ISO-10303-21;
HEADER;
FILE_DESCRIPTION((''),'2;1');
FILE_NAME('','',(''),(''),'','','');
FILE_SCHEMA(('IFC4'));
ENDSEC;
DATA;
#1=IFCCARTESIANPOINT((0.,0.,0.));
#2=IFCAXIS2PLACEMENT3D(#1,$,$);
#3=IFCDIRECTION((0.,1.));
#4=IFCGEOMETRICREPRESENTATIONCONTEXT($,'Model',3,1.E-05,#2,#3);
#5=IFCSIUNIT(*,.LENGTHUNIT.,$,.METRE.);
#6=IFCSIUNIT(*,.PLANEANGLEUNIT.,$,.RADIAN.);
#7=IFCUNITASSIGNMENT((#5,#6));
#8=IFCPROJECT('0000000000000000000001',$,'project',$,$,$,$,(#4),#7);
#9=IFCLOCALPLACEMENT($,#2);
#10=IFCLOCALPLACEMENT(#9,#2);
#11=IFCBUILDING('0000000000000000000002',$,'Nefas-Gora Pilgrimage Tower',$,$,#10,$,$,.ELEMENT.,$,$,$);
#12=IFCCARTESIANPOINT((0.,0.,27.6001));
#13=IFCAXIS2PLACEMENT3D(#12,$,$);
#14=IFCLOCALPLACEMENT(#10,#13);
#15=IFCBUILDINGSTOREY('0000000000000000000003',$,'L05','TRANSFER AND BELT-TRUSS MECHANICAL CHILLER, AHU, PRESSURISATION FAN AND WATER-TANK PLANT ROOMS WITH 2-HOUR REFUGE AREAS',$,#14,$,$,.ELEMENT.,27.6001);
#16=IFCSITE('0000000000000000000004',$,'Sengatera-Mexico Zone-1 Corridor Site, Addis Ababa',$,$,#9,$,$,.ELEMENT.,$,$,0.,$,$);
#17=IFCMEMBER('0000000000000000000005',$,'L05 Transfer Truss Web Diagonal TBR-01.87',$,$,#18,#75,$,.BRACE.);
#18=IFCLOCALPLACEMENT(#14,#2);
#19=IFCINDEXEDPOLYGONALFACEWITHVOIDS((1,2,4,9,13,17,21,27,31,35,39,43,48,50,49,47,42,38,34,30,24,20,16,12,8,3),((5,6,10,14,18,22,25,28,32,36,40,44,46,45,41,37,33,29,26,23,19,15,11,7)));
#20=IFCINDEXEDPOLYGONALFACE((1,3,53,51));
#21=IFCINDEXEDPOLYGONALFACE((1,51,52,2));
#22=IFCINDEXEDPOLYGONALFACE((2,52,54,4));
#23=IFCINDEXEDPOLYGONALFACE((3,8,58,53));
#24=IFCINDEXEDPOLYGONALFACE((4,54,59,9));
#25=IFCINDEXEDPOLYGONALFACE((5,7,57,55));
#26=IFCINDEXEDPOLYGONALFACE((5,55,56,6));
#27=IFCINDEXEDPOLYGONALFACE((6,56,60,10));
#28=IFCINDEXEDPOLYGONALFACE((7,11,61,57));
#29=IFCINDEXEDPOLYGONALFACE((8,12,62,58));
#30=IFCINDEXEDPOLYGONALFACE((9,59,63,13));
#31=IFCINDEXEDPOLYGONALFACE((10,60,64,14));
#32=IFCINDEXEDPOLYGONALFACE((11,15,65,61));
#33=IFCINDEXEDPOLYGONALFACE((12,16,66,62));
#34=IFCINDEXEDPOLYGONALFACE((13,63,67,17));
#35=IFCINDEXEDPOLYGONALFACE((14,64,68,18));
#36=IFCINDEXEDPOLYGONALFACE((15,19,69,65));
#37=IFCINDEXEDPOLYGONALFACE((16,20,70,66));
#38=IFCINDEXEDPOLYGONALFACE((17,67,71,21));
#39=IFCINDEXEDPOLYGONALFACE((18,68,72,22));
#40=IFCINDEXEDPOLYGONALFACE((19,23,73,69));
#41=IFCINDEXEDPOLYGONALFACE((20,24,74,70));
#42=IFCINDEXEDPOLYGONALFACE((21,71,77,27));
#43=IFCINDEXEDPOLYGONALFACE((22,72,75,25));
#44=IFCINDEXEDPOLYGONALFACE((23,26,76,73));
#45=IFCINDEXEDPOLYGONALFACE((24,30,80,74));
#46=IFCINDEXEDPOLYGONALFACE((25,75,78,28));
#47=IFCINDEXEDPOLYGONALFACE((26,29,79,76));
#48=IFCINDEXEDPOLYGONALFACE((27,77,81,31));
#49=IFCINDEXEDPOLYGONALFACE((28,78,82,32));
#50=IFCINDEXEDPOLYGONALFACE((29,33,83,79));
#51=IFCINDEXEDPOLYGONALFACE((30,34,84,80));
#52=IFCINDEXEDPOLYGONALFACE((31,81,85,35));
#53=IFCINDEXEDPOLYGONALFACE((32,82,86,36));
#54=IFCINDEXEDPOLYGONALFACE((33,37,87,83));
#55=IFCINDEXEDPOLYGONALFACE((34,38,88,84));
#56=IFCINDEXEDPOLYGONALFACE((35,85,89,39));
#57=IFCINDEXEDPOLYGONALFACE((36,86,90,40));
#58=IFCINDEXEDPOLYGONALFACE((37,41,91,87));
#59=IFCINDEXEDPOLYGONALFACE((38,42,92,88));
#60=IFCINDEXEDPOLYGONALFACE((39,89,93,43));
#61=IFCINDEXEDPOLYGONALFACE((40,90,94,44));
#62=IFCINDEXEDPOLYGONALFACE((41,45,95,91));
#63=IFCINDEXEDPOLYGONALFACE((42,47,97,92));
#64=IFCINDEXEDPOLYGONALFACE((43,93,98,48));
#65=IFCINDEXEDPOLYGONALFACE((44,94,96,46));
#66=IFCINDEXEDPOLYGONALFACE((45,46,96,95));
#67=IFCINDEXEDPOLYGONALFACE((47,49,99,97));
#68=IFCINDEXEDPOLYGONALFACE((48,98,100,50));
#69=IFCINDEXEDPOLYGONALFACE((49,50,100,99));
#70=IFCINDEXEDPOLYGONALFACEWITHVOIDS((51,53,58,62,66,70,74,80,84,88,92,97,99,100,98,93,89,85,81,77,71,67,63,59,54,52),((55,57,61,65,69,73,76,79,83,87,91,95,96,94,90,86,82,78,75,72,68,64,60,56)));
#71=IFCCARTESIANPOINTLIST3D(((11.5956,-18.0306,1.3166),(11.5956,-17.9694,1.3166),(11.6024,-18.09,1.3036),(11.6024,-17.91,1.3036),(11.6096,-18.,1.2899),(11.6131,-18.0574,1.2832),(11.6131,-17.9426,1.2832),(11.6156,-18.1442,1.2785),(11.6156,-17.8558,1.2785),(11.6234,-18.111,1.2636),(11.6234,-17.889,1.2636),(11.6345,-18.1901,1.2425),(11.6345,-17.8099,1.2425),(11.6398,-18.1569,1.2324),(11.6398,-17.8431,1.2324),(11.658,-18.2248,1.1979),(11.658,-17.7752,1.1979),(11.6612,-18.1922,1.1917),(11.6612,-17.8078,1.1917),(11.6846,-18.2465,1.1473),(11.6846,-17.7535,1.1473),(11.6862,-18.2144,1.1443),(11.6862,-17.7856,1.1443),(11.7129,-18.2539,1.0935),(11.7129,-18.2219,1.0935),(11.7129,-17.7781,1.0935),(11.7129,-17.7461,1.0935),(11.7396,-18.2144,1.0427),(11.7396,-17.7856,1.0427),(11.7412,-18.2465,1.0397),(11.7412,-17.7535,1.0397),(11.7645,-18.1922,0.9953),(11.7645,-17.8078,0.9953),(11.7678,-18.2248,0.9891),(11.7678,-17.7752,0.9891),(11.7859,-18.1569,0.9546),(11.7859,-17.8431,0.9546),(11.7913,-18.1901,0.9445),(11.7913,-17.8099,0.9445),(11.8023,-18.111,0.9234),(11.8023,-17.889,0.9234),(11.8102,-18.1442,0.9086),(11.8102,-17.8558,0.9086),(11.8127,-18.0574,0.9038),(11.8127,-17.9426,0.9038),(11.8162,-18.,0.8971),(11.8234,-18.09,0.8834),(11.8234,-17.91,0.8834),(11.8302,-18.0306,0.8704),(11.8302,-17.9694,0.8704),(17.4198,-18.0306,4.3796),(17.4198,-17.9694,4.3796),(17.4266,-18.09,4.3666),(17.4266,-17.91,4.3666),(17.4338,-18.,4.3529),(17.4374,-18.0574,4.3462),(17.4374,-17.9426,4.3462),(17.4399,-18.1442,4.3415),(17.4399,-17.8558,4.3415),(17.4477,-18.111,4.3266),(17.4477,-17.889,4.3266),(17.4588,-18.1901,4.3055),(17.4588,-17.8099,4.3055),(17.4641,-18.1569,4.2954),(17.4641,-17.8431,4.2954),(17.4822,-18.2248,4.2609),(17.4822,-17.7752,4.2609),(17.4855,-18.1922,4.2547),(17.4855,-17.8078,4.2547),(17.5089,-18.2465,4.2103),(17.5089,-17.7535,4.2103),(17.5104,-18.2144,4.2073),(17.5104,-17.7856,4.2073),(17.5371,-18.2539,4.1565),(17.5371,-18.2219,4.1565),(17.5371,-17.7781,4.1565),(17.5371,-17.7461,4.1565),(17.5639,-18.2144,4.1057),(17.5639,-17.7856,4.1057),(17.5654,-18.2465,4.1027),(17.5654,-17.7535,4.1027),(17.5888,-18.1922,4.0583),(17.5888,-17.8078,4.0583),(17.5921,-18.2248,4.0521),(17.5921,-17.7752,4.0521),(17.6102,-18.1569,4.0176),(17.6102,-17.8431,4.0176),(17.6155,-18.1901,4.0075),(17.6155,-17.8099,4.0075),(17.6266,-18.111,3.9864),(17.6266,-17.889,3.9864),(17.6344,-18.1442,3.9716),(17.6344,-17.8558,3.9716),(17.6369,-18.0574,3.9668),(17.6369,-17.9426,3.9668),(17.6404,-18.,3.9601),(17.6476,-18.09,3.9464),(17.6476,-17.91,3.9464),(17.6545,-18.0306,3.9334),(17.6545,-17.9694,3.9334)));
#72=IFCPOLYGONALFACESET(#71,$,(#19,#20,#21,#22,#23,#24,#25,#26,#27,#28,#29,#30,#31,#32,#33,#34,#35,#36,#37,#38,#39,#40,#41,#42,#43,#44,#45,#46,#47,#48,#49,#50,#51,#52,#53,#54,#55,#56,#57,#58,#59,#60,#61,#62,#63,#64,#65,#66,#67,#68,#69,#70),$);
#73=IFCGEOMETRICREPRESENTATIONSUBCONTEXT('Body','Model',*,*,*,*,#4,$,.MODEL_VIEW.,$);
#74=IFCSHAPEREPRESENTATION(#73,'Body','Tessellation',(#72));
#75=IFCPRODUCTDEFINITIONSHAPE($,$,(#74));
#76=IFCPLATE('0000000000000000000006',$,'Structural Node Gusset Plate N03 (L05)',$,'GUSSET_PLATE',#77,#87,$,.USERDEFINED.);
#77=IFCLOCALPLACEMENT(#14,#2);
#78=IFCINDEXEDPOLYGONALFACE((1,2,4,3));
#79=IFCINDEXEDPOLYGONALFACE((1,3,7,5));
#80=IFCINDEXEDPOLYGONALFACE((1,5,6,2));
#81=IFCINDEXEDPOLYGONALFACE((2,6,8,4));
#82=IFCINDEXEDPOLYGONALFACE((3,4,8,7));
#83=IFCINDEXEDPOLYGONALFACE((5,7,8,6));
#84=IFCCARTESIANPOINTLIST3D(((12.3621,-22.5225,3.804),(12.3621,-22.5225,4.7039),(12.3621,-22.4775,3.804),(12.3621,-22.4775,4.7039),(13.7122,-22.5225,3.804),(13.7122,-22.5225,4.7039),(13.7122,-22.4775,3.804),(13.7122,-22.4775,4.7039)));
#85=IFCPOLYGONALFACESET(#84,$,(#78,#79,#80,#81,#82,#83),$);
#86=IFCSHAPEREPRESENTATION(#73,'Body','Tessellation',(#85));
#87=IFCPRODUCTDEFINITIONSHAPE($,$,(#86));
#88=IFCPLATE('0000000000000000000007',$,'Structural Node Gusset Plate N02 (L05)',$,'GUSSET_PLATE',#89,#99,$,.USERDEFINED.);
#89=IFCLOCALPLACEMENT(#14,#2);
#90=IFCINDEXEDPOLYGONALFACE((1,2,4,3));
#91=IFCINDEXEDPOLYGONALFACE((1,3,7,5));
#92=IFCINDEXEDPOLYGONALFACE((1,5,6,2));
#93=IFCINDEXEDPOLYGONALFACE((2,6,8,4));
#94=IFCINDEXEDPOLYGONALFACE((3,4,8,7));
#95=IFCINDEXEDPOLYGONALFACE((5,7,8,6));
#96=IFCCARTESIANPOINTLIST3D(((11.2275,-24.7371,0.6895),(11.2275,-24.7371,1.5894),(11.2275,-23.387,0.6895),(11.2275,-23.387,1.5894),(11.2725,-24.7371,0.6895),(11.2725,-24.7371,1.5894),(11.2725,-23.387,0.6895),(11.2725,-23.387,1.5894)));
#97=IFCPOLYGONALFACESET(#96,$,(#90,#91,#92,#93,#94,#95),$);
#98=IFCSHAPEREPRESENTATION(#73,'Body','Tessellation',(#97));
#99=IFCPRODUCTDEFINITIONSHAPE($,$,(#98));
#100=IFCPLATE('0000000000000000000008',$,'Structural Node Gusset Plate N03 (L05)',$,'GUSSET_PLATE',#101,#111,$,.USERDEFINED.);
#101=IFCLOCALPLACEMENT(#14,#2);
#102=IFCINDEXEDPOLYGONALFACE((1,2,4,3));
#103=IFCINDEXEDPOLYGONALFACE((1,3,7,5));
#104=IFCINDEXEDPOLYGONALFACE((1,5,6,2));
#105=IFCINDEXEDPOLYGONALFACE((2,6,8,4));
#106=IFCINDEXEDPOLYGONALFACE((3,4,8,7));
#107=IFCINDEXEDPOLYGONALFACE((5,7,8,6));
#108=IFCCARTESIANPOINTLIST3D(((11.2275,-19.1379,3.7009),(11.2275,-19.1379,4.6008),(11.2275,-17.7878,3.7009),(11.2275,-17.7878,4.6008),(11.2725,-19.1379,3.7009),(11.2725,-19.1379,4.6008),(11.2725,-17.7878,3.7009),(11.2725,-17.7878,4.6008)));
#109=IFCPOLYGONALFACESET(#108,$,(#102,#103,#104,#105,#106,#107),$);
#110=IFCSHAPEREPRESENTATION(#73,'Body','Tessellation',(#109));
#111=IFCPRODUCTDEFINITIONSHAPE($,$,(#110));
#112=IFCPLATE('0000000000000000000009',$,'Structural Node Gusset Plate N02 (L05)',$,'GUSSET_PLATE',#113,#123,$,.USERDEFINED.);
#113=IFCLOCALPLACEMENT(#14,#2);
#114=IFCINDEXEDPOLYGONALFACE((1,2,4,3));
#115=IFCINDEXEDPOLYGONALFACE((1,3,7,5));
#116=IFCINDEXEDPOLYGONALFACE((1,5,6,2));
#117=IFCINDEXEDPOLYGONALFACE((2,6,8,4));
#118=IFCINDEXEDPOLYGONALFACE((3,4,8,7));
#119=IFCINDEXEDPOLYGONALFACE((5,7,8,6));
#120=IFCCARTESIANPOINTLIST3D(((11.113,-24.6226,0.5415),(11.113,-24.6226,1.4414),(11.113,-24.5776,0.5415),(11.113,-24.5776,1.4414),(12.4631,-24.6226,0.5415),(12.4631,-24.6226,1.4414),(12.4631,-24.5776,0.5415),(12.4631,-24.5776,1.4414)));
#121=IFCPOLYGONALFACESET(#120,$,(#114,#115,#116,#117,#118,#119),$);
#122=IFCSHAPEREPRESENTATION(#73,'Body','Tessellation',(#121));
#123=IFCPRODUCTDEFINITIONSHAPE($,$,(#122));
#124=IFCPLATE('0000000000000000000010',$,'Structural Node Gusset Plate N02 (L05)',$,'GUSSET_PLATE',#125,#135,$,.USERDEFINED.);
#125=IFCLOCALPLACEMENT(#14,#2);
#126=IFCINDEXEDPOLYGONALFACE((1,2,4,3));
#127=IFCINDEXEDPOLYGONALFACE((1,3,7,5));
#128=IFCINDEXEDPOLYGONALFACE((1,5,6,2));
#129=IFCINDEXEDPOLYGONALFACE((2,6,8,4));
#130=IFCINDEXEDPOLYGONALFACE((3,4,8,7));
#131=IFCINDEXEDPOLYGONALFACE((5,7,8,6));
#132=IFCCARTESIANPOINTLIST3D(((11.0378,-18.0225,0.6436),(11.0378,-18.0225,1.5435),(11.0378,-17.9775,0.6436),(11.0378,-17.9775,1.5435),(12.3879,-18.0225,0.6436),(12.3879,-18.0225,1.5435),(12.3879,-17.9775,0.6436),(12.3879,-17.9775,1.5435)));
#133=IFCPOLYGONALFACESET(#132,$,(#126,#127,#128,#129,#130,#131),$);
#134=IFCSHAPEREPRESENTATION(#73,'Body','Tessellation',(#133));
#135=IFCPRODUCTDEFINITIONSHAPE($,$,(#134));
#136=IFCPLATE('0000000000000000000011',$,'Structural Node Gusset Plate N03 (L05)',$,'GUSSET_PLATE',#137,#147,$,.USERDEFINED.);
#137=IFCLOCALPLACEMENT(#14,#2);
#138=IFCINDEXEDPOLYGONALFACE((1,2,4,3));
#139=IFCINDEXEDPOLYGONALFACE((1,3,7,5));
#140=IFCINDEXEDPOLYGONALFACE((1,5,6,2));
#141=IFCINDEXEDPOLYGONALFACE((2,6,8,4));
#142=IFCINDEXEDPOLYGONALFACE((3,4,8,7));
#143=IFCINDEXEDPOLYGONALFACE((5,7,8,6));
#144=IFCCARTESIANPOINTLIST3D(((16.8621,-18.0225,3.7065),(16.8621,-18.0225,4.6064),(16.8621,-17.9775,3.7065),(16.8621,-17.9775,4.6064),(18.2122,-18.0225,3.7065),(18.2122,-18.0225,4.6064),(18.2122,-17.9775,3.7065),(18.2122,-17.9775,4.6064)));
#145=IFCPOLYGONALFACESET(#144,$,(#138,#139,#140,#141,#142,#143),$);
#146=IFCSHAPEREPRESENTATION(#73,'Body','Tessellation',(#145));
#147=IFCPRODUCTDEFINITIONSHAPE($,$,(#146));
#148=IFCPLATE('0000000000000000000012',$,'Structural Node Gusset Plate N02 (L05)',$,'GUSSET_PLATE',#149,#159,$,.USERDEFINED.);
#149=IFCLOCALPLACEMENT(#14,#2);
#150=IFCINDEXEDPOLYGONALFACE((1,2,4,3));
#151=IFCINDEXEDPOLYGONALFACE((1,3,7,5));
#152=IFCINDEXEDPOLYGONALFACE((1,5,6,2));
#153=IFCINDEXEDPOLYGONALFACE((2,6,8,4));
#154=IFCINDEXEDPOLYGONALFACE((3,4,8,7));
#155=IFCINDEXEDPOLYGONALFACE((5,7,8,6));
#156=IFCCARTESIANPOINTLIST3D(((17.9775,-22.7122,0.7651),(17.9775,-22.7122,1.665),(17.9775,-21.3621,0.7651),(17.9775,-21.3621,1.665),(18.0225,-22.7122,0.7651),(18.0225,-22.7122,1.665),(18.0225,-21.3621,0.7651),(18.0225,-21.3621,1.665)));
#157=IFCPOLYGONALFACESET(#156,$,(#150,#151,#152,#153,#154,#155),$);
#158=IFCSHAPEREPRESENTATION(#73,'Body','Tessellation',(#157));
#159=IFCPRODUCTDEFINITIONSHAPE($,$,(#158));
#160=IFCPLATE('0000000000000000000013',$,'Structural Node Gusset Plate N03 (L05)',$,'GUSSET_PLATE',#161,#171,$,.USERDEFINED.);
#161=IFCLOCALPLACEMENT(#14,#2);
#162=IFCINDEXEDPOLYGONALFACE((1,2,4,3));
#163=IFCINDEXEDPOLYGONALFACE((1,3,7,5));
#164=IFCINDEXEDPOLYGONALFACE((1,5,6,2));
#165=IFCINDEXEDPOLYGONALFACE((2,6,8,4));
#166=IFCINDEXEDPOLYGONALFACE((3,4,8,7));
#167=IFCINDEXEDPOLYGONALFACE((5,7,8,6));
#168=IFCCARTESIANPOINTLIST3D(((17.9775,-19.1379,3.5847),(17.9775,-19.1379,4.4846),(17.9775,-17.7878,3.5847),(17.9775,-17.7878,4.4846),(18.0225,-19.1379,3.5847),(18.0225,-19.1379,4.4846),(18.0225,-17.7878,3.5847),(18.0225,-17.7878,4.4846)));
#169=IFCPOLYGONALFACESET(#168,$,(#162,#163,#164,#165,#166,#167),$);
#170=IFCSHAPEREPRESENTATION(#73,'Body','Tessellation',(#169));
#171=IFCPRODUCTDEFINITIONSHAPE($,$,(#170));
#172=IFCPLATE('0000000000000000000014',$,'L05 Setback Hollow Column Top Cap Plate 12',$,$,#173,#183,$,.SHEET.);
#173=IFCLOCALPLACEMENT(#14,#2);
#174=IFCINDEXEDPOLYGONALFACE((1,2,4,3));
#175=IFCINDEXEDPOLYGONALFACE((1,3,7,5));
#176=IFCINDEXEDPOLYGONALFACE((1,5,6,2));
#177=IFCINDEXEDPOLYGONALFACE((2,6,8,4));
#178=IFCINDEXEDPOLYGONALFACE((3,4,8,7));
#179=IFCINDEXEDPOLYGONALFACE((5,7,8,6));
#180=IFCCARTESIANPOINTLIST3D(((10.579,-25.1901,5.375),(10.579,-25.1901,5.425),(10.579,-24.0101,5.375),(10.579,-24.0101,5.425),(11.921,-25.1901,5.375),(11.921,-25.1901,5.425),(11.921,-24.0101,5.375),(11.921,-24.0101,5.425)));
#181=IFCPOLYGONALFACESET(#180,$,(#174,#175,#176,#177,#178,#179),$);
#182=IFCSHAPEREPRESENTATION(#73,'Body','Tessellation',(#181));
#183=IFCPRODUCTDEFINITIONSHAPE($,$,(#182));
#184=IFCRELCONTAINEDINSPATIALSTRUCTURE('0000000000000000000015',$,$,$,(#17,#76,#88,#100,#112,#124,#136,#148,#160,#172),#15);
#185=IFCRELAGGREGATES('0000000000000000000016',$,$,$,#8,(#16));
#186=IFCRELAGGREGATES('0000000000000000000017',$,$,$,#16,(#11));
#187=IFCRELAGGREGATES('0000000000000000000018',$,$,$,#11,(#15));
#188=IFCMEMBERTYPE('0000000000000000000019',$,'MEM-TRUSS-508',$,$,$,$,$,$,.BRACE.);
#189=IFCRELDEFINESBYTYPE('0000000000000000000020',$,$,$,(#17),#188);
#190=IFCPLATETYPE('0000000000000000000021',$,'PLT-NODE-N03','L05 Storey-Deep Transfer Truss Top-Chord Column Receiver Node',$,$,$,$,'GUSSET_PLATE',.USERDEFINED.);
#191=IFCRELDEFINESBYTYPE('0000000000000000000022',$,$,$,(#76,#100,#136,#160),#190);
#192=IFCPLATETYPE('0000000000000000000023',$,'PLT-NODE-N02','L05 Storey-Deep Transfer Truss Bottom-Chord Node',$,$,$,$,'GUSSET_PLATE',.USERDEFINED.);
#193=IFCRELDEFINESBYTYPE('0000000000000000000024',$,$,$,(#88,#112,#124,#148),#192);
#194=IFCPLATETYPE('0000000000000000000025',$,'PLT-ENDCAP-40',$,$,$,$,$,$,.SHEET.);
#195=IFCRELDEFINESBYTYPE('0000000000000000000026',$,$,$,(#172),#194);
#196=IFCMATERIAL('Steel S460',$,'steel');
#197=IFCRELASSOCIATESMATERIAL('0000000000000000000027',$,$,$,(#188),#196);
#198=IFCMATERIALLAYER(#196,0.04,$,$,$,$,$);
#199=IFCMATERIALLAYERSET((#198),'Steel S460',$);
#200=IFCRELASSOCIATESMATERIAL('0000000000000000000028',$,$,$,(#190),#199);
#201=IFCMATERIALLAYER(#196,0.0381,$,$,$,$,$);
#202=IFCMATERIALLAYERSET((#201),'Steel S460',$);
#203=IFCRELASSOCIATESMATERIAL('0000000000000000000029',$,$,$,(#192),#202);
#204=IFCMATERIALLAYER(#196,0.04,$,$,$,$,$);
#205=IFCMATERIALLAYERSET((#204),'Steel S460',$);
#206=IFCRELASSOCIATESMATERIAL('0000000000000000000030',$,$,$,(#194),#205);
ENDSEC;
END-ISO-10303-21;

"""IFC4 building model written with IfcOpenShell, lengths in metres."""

from ifc_helpers import new_model, si_unit, direction, frame, origin, origin_2d, place, context, subcontext, project, spatial, rectangle, hollow_circle, extrude, source, transform, mapped, material, layer, layer_set, material_profile, profile_set, type_object, element, save


model = new_model("IFC4")

# Units and contexts
model_context = context("Model", 3, precision=1e-05, world=origin(), true_north=direction((0.0, 1.0)))
body_context = subcontext(model_context, "Body", "Model", "MODEL_VIEW")
ifc_project = project(units=[si_unit("LENGTHUNIT", "METRE"), si_unit("PLANEANGLEUNIT", "RADIAN")], contexts=[model_context])

# Site, building, storey
site_placement = place(None, origin())
site = spatial("IfcSite", under=ifc_project, at=site_placement, Name="Sengatera-Mexico Zone-1 Corridor Site, Addis Ababa", CompositionType="ELEMENT", RefElevation=0.0)
building_placement = place(site_placement, origin())
building = spatial("IfcBuilding", under=site, at=building_placement, Name="Nefas-Gora Pilgrimage Tower", CompositionType="ELEMENT")
storey_placement = place(building_placement, frame((0.0, 0.0, 27.6001)))
storey = spatial("IfcBuildingStorey", under=building, at=storey_placement, Name="L05", Description="TRANSFER AND BELT-TRUSS MECHANICAL CHILLER, AHU, PRESSURISATION FAN AND WATER-TANK PLANT ROOMS WITH 2-HOUR REFUGE AREAS", CompositionType="ELEMENT", Elevation=27.6001)

# Shared definitions
ifc_material = material(Name="Steel S460", Category="steel")

# Shared definitions
ifc_material_profile_1 = material_profile(ifc_material, hollow_circle(Radius=0.2539, WallThickness=0.032, at=origin_2d()), Name="CHS 508x32")
ifc_profile_set_1 = profile_set([ifc_material_profile_1], Name="Steel S460")
member_type = type_object("IfcMemberType", Name="MEM-TRUSS-508", PredefinedType="BRACE", material=ifc_profile_set_1)

# Member
shared_shape_1 = source(origin(), body_context, "Body", "SweptSolid", [
    extrude(hollow_circle(Radius=0.2539, WallThickness=0.032, at=origin_2d()), origin(), (0.0, 0.0, 1.0), 6.5806),
])
member_1_placement = place(storey_placement, frame((11.7129, -18.0, 1.0935), z_axis=(0.885068, 0.0, 0.465462), x_axis=(0.0, 1.0, 0.0)))
element("IfcMember", 1, at=member_1_placement, inside=storey, type_object=member_type, Name="L05 Transfer Truss Web Diagonal TBR-01.87", PredefinedType="BRACE", context=body_context, shape_type="MappedRepresentation", body=[
    mapped(shared_shape_1, transform((0.0, 0.0, 0.0), x_axis=(1.0, 0.0, 0.0), y_axis=(0.0, 1.0, 0.0), z_axis=(0.0, 0.0, 1.0), scale=1.0)),
])

# Plates
ifc_layer_1 = layer(ifc_material, 0.04)
ifc_layer_set_1 = layer_set([ifc_layer_1], Name="Steel S460")
plate_type_1 = type_object("IfcPlateType", Name="PLT-NODE-N03", Description="L05 Storey-Deep Transfer Truss Top-Chord Column Receiver Node", ElementType="GUSSET_PLATE", PredefinedType="USERDEFINED", material=ifc_layer_set_1)
shared_shape_2 = source(origin(), body_context, "Body", "SweptSolid", [
    extrude(rectangle(XDim=1.3501, YDim=0.0449, at=origin_2d()), origin(), (0.0, 0.0, 1.0), 0.8999),
])
plate_1_placement = place(storey_placement, frame((13.0371, -22.5, 3.804), z_axis=(0.0, 0.0, 1.0), x_axis=(1.0, 0.0, 0.0)))
element("IfcPlate", 2, at=plate_1_placement, inside=storey, type_object=plate_type_1, Name="Structural Node Gusset Plate N03 (L05)", ObjectType="GUSSET_PLATE", PredefinedType="USERDEFINED", context=body_context, shape_type="MappedRepresentation", body=[
    mapped(shared_shape_2, transform((0.0, 0.0, 0.0), x_axis=(1.0, 0.0, 0.0), y_axis=(0.0, 1.0, 0.0), z_axis=(0.0, 0.0, 1.0), scale=1.0)),
])
ifc_layer_2 = layer(ifc_material, 0.0381)
ifc_layer_set_2 = layer_set([ifc_layer_2], Name="Steel S460")
plate_type_2 = type_object("IfcPlateType", Name="PLT-NODE-N02", Description="L05 Storey-Deep Transfer Truss Bottom-Chord Node", ElementType="GUSSET_PLATE", PredefinedType="USERDEFINED", material=ifc_layer_set_2)
plate_2_placement = place(storey_placement, frame((11.25, -24.062, 0.6895), z_axis=(0.0, 0.0, 1.0), x_axis=(0.0, 1.0, 0.0)))
element("IfcPlate", 3, at=plate_2_placement, inside=storey, type_object=plate_type_2, Name="Structural Node Gusset Plate N02 (L05)", ObjectType="GUSSET_PLATE", PredefinedType="USERDEFINED", context=body_context, shape_type="MappedRepresentation", body=[
    mapped(shared_shape_2, transform((0.0, 0.0, 0.0), x_axis=(1.0, 0.0, 0.0), y_axis=(0.0, 1.0, 0.0), z_axis=(0.0, 0.0, 1.0), scale=1.0)),
])
plate_3_placement = place(storey_placement, frame((11.25, -18.4629, 3.7009), z_axis=(0.0, 0.0, 1.0), x_axis=(0.0, 1.0, 0.0)))
element("IfcPlate", 4, at=plate_3_placement, inside=storey, type_object=plate_type_1, Name="Structural Node Gusset Plate N03 (L05)", ObjectType="GUSSET_PLATE", PredefinedType="USERDEFINED", context=body_context, shape_type="MappedRepresentation", body=[
    mapped(shared_shape_2, transform((0.0, 0.0, 0.0), x_axis=(1.0, 0.0, 0.0), y_axis=(0.0, 1.0, 0.0), z_axis=(0.0, 0.0, 1.0), scale=1.0)),
])
for number, where, z_axis, x_axis, name in (
    (5, (11.7881, -24.6001, 0.5415), (0.0, 0.0, 1.0), (1.0, 0.0, 0.0), "Structural Node Gusset Plate N02 (L05)"),
    (6, (11.7129, -18.0, 0.6436), (0.0, 0.0, 1.0), (1.0, 0.0, 0.0), "Structural Node Gusset Plate N02 (L05)"),
):
    element("IfcPlate", number, at=place(storey_placement, frame(where, z_axis=z_axis, x_axis=x_axis)), inside=storey, type_object=plate_type_2, Name=name, ObjectType="GUSSET_PLATE", PredefinedType="USERDEFINED", context=body_context, shape_type="MappedRepresentation", body=[
        mapped(shared_shape_2, transform((0.0, 0.0, 0.0), x_axis=(1.0, 0.0, 0.0), y_axis=(0.0, 1.0, 0.0), z_axis=(0.0, 0.0, 1.0), scale=1.0)),
    ])
plate_4_placement = place(storey_placement, frame((17.5371, -18.0, 3.7065), z_axis=(0.0, 0.0, 1.0), x_axis=(1.0, 0.0, 0.0)))
element("IfcPlate", 7, at=plate_4_placement, inside=storey, type_object=plate_type_1, Name="Structural Node Gusset Plate N03 (L05)", ObjectType="GUSSET_PLATE", PredefinedType="USERDEFINED", context=body_context, shape_type="MappedRepresentation", body=[
    mapped(shared_shape_2, transform((0.0, 0.0, 0.0), x_axis=(1.0, 0.0, 0.0), y_axis=(0.0, 1.0, 0.0), z_axis=(0.0, 0.0, 1.0), scale=1.0)),
])
plate_5_placement = place(storey_placement, frame((18.0, -22.0371, 0.7651), z_axis=(0.0, 0.0, 1.0), x_axis=(0.0, 1.0, 0.0)))
element("IfcPlate", 8, at=plate_5_placement, inside=storey, type_object=plate_type_2, Name="Structural Node Gusset Plate N02 (L05)", ObjectType="GUSSET_PLATE", PredefinedType="USERDEFINED", context=body_context, shape_type="MappedRepresentation", body=[
    mapped(shared_shape_2, transform((0.0, 0.0, 0.0), x_axis=(1.0, 0.0, 0.0), y_axis=(0.0, 1.0, 0.0), z_axis=(0.0, 0.0, 1.0), scale=1.0)),
])
plate_6_placement = place(storey_placement, frame((18.0, -18.4629, 3.5847), z_axis=(0.0, 0.0, 1.0), x_axis=(0.0, 1.0, 0.0)))
element("IfcPlate", 9, at=plate_6_placement, inside=storey, type_object=plate_type_1, Name="Structural Node Gusset Plate N03 (L05)", ObjectType="GUSSET_PLATE", PredefinedType="USERDEFINED", context=body_context, shape_type="MappedRepresentation", body=[
    mapped(shared_shape_2, transform((0.0, 0.0, 0.0), x_axis=(1.0, 0.0, 0.0), y_axis=(0.0, 1.0, 0.0), z_axis=(0.0, 0.0, 1.0), scale=1.0)),
])
ifc_layer_3 = layer(ifc_material, 0.04)
ifc_layer_set_3 = layer_set([ifc_layer_3], Name="Steel S460")
plate_type_3 = type_object("IfcPlateType", Name="PLT-ENDCAP-40", PredefinedType="SHEET", material=ifc_layer_set_3)
shared_shape_3 = source(origin(), body_context, "Body", "SweptSolid", [
    extrude(rectangle(XDim=1.342, YDim=1.1799, at=origin_2d()), origin(), (0.0, 0.0, 1.0), 0.05),
])
plate_7_placement = place(storey_placement, frame((11.25, -24.6001, 5.375), z_axis=(0.0, 0.0, 1.0), x_axis=(1.0, 0.0, 0.0)))
element("IfcPlate", 10, at=plate_7_placement, inside=storey, type_object=plate_type_3, Name="L05 Setback Hollow Column Top Cap Plate 12", PredefinedType="SHEET", context=body_context, shape_type="MappedRepresentation", body=[
    mapped(shared_shape_3, transform((0.0, 0.0, 0.0), x_axis=(1.0, 0.0, 0.0), y_axis=(0.0, 1.0, 0.0), z_axis=(0.0, 0.0, 1.0), scale=1.0)),
])

save(model, "model.ifc")
